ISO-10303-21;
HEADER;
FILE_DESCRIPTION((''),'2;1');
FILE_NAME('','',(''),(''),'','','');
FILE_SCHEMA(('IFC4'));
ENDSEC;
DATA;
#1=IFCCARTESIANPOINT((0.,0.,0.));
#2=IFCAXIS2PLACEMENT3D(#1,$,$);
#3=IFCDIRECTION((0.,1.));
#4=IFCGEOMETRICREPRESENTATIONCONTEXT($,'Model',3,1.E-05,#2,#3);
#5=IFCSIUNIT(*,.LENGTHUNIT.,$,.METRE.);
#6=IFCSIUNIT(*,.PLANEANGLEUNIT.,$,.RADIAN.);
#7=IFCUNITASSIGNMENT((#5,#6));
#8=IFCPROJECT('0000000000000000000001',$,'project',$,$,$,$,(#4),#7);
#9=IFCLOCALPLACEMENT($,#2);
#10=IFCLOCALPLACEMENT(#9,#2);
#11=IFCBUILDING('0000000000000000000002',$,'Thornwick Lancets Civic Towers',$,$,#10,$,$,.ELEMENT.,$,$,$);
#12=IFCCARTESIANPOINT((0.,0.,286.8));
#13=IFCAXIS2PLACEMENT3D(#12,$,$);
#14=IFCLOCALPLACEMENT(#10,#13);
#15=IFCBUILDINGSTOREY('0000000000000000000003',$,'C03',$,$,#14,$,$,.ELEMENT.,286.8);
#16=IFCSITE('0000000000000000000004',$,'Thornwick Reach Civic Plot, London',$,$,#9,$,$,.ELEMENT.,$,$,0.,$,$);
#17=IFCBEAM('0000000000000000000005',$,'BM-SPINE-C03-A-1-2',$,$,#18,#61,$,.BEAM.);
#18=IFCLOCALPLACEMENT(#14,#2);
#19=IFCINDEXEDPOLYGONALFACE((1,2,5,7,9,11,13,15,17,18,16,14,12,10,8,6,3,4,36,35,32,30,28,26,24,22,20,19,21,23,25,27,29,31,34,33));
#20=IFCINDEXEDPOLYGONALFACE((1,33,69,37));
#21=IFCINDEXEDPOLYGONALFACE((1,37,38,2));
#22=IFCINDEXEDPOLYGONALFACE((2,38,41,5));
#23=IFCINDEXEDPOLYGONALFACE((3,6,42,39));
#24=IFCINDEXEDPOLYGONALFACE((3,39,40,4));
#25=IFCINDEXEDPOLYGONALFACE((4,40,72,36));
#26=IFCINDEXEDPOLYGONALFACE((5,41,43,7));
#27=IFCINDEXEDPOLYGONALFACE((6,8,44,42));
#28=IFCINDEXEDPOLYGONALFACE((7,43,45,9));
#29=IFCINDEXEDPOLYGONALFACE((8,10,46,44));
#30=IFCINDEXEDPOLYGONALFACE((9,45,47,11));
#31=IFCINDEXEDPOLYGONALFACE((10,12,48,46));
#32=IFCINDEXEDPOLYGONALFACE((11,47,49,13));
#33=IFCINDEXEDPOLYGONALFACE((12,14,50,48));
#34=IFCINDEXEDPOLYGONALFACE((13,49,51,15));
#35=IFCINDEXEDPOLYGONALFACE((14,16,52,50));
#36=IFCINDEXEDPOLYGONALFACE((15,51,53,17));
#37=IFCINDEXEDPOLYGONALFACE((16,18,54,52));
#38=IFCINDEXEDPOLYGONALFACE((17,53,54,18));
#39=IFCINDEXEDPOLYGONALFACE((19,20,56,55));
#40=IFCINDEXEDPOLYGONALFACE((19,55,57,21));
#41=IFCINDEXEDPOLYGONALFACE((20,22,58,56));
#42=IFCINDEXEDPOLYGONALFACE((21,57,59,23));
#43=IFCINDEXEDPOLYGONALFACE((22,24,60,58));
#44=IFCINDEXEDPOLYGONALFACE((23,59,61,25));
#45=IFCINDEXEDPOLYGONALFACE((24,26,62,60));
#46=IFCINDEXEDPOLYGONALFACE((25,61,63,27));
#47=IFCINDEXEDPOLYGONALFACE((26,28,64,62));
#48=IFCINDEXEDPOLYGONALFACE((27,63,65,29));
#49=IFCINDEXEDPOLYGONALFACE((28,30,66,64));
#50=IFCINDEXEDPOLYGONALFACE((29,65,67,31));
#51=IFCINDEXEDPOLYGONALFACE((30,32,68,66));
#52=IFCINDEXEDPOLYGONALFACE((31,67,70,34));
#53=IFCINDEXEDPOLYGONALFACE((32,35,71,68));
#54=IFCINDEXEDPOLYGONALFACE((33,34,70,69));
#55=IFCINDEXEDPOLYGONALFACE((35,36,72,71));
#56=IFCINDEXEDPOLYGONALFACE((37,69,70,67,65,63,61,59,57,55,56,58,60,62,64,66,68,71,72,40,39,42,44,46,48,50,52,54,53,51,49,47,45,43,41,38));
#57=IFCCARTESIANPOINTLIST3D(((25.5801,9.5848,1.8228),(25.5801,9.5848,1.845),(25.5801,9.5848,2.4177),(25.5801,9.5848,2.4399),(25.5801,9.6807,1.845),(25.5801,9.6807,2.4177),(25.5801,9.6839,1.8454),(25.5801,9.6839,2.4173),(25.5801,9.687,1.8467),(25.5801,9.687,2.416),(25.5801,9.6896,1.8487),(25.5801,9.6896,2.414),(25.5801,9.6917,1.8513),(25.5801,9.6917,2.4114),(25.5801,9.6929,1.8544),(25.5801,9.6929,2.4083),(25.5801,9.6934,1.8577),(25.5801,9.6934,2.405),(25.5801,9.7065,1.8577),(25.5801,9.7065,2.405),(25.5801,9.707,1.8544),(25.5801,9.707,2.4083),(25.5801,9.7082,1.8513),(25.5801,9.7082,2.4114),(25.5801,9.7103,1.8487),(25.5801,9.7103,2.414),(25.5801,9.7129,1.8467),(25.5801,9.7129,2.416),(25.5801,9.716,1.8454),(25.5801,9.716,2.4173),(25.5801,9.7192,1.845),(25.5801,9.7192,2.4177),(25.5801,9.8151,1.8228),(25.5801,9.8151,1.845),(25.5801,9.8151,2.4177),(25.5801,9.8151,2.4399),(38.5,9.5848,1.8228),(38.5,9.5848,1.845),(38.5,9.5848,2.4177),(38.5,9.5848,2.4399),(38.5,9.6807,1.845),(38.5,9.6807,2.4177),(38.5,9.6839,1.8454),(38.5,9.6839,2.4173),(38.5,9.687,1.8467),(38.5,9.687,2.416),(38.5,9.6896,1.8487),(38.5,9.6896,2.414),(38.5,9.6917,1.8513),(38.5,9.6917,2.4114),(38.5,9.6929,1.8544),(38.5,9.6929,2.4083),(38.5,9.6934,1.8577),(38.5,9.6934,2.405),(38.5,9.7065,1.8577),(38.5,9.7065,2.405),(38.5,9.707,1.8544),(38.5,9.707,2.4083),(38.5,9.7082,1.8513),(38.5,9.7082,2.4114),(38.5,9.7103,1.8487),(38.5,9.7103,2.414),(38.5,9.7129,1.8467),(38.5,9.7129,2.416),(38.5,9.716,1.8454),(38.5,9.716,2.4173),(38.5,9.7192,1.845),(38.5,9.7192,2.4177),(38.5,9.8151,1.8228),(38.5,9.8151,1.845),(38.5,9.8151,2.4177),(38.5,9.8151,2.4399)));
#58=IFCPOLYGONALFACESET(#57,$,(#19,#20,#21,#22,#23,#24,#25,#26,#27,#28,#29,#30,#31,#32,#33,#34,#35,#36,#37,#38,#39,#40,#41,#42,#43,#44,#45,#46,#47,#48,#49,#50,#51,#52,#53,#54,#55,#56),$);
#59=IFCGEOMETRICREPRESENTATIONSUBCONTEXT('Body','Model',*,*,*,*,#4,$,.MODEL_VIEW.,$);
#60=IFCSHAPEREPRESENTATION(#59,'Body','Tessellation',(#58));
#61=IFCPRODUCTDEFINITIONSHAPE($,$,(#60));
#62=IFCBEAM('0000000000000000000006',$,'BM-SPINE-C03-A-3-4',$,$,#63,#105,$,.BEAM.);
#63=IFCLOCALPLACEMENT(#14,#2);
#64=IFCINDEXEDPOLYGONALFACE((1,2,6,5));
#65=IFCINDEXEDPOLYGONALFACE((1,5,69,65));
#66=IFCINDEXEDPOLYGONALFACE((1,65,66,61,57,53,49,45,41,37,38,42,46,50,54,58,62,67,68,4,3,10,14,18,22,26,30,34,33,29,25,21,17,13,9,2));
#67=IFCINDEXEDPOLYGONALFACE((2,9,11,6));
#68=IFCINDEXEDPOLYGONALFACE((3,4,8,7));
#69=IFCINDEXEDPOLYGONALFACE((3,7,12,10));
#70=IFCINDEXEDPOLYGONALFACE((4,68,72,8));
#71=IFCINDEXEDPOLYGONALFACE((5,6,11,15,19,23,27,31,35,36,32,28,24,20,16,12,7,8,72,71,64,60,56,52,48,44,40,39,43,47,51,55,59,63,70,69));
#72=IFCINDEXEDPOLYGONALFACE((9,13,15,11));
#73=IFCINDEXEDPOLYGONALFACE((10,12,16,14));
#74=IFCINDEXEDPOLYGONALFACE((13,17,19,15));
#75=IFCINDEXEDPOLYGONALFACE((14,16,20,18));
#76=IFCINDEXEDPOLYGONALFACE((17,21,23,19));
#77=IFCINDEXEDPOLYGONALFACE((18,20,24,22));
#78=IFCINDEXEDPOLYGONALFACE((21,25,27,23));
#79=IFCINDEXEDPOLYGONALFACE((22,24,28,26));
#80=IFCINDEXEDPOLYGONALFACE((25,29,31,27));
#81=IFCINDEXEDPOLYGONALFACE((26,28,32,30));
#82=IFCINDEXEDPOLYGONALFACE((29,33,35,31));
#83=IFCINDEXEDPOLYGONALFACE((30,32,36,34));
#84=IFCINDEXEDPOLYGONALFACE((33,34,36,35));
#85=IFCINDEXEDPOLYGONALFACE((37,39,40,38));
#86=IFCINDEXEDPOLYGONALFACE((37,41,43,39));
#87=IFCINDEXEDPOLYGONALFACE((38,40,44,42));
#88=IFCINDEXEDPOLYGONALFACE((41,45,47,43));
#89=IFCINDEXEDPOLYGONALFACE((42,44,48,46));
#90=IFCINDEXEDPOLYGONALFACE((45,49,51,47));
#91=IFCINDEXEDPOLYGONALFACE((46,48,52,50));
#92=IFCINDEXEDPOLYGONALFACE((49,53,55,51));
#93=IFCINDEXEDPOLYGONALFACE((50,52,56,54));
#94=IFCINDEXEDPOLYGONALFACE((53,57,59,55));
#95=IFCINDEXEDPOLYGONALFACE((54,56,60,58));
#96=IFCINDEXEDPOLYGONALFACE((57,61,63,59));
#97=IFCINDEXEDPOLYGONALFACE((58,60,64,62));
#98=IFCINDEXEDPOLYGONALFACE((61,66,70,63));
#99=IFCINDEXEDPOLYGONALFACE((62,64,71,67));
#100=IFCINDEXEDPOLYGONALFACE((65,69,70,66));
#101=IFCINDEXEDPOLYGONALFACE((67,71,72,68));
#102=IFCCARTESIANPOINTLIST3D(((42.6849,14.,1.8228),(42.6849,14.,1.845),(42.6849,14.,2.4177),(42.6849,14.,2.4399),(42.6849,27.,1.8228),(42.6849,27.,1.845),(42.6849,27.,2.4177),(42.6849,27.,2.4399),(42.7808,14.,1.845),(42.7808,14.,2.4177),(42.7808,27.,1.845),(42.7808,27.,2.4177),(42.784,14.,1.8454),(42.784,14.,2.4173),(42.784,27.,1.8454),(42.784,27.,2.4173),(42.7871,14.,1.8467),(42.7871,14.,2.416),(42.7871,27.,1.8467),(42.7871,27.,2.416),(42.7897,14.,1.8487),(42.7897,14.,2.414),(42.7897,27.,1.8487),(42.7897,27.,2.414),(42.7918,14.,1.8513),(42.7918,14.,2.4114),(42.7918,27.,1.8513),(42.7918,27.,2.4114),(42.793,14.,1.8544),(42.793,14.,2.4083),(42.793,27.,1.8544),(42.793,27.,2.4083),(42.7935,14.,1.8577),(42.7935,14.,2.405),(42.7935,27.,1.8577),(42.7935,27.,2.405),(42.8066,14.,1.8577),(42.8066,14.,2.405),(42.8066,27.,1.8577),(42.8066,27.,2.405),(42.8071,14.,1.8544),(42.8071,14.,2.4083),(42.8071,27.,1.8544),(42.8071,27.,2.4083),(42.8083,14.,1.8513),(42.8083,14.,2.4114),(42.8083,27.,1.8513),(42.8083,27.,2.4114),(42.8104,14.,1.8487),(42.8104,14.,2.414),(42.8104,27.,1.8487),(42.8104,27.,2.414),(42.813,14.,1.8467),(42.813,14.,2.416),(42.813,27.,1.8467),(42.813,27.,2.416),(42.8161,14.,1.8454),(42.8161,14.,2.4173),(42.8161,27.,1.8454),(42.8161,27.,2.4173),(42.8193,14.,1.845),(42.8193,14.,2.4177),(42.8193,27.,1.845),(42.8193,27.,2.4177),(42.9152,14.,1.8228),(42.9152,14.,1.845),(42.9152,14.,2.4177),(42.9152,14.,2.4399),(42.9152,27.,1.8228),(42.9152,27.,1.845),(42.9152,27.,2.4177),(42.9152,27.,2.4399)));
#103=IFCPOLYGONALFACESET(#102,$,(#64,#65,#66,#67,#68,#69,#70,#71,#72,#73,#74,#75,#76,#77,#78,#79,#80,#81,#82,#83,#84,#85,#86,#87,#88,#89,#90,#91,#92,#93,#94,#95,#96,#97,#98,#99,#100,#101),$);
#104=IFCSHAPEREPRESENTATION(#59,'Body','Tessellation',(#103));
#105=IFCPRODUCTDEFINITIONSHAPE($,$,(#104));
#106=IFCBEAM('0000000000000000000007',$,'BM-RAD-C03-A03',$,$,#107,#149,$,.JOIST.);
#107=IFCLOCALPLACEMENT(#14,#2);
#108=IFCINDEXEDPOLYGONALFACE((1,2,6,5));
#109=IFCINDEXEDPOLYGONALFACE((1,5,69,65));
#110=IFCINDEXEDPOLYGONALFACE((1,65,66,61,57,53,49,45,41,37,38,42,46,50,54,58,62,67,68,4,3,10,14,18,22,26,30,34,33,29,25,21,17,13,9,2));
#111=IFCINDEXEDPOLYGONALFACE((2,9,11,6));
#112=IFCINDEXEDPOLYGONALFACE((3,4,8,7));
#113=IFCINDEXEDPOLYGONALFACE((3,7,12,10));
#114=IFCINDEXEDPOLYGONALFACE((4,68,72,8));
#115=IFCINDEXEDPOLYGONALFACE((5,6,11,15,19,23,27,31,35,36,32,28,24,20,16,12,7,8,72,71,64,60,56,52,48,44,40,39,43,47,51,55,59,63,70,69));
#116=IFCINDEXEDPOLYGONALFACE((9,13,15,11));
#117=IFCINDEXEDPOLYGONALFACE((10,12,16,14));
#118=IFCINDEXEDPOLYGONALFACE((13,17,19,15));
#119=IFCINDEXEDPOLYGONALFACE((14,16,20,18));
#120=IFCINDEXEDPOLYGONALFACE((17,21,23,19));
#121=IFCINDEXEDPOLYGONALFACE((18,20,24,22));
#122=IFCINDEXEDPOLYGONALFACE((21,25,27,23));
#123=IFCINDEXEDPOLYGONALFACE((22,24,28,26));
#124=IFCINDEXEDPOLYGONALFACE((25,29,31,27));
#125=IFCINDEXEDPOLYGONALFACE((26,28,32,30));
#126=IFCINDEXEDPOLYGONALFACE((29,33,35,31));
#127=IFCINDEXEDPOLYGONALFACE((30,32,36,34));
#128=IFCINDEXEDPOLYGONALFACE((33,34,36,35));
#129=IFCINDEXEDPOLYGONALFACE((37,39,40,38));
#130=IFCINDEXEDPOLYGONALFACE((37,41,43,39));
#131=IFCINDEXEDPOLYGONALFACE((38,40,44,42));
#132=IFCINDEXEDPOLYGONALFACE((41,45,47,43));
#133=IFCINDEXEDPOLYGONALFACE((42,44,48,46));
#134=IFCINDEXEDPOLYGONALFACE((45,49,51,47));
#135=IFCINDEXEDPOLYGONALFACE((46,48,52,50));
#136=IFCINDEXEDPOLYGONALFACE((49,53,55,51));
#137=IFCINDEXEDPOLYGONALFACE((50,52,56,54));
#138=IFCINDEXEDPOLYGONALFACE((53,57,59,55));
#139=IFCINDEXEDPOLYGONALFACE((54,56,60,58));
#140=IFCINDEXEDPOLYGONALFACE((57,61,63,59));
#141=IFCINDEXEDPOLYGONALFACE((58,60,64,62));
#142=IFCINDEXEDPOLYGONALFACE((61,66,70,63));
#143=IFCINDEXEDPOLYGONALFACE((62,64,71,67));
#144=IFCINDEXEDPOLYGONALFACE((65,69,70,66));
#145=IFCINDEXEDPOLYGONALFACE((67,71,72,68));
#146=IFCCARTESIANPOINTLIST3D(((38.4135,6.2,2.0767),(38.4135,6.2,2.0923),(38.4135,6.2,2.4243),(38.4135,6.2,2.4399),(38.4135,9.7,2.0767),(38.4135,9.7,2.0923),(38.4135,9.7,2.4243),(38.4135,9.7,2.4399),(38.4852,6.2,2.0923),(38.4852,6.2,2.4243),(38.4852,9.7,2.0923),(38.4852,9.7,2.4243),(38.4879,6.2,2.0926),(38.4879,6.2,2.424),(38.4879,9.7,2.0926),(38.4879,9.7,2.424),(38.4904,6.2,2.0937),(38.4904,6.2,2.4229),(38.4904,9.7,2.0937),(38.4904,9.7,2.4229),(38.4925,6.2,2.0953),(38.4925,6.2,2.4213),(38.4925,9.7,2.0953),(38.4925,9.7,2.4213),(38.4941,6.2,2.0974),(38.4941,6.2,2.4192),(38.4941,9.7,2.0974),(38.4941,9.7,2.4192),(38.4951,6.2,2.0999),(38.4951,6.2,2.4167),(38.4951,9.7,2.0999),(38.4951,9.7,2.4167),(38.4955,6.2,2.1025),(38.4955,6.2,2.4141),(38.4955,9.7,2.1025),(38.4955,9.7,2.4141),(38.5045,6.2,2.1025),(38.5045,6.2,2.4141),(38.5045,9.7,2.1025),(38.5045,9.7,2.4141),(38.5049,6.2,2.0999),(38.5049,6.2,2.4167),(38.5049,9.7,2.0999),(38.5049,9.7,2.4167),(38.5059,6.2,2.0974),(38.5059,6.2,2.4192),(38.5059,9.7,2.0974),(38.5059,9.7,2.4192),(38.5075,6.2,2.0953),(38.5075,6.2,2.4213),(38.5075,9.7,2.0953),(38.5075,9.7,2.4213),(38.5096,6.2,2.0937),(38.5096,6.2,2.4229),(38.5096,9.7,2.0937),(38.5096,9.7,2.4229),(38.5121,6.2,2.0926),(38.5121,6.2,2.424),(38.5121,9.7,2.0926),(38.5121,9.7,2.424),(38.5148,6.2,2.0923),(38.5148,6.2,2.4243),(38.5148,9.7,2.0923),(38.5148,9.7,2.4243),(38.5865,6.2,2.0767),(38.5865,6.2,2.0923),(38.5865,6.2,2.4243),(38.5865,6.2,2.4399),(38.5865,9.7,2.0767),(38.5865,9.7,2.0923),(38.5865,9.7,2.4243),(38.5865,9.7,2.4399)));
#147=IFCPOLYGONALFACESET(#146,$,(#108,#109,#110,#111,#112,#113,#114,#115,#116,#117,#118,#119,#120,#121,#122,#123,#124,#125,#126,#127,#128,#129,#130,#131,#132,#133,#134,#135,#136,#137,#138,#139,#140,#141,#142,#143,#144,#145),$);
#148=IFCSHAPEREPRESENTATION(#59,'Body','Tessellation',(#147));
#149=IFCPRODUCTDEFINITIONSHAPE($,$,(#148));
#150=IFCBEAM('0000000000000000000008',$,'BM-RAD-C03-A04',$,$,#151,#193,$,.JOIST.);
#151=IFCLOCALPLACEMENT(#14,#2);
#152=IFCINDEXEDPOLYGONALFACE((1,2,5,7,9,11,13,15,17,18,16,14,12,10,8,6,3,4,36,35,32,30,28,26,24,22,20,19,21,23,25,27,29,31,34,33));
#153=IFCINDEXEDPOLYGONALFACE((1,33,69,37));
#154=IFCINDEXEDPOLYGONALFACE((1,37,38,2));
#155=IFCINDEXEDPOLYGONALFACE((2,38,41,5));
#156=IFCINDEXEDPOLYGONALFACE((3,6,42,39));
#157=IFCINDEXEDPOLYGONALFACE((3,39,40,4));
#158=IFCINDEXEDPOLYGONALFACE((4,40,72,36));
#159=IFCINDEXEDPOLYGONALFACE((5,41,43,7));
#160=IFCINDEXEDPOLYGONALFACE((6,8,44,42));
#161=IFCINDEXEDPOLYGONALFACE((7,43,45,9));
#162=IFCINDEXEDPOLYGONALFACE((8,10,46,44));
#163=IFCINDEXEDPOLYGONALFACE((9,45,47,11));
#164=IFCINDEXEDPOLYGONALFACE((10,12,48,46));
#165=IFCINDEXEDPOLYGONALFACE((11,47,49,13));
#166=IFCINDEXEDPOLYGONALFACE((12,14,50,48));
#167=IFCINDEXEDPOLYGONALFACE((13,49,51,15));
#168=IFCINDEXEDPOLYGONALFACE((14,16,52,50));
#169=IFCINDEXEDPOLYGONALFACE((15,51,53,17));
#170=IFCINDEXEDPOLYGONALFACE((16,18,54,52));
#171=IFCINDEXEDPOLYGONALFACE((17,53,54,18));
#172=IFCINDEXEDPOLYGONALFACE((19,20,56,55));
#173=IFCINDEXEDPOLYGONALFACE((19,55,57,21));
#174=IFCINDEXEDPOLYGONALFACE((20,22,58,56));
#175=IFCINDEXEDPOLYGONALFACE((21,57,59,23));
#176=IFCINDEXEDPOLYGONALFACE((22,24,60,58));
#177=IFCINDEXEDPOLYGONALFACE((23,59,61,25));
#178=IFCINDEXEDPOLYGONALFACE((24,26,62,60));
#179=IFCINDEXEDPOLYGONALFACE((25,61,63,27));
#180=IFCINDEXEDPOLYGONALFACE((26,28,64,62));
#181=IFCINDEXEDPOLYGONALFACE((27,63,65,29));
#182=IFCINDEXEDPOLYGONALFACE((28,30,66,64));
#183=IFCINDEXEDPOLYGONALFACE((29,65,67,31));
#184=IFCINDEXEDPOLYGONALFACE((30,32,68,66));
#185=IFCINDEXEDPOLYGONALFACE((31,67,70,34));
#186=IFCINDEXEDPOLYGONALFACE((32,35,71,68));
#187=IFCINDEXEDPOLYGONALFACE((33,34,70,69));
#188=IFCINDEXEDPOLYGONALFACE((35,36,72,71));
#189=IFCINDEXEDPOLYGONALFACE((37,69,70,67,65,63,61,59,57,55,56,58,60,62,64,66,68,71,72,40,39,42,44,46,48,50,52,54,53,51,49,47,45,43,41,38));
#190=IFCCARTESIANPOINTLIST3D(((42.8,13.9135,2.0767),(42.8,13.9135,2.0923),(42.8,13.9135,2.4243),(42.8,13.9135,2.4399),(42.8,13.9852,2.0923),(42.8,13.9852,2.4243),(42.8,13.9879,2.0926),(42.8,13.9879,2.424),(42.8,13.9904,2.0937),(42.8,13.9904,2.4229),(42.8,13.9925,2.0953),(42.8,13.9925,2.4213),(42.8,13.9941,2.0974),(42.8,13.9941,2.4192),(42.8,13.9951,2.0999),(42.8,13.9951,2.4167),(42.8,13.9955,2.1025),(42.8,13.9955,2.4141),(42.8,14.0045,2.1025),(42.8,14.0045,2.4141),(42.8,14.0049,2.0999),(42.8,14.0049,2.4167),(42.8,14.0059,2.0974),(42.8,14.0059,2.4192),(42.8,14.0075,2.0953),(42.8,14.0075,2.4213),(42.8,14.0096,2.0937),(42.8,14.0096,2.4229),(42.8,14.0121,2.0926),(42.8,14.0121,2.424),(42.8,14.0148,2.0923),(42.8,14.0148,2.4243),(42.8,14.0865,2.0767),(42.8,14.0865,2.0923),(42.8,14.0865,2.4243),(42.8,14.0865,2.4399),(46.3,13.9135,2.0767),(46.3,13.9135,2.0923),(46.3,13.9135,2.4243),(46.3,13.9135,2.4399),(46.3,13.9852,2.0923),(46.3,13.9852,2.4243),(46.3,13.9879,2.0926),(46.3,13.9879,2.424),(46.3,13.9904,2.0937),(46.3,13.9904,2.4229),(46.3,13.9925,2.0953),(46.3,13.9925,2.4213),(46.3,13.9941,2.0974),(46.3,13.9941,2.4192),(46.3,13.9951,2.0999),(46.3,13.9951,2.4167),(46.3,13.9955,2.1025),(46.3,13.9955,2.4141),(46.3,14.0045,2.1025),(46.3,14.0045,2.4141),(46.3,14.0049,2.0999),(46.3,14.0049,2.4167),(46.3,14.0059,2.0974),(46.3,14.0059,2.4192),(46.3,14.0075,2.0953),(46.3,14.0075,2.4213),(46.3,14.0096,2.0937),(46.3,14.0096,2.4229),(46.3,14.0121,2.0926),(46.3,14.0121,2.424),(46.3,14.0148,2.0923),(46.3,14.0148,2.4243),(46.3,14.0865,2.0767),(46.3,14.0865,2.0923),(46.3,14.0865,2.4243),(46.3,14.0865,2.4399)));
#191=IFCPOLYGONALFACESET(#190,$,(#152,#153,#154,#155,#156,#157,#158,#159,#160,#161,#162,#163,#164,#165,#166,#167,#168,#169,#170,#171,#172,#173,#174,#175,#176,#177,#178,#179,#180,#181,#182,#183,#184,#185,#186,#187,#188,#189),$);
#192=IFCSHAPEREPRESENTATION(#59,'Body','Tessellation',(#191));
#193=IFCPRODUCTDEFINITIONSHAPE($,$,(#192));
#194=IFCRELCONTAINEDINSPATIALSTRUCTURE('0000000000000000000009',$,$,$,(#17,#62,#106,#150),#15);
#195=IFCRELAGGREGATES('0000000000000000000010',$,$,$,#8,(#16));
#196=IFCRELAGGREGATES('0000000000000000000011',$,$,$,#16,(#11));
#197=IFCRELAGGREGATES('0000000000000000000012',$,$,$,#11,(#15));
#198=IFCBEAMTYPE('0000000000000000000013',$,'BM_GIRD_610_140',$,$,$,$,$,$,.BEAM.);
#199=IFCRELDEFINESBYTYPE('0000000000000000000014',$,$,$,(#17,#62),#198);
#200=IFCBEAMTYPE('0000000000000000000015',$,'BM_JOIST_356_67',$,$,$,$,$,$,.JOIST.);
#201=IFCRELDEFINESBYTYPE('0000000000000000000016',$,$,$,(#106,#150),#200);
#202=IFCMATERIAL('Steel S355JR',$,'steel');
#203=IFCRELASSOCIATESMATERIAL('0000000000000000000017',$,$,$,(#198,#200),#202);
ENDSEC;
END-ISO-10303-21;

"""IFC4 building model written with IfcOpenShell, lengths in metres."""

from ifc_helpers import new_model, si_unit, direction, frame, origin, origin_2d, place, context, subcontext, project, spatial, i_section, extrude, material, material_profile, profile_set, type_object, element, save


model = new_model("IFC4")

# Units and contexts
model_context = context("Model", 3, precision=1e-05, world=origin(), true_north=direction((0.0, 1.0)))
body_context = subcontext(model_context, "Body", "Model", "MODEL_VIEW")
ifc_project = project(units=[si_unit("LENGTHUNIT", "METRE"), si_unit("PLANEANGLEUNIT", "RADIAN")], contexts=[model_context])

# Site, building, storey
site_placement = place(None, origin())
site = spatial("IfcSite", under=ifc_project, at=site_placement, Name="Thornwick Reach Civic Plot, London", CompositionType="ELEMENT", RefElevation=0.0)
building_placement = place(site_placement, origin())
building = spatial("IfcBuilding", under=site, at=building_placement, Name="Thornwick Lancets Civic Towers", CompositionType="ELEMENT")
storey_placement = place(building_placement, frame((0.0, 0.0, 286.8)))
storey = spatial("IfcBuildingStorey", under=building, at=storey_placement, Name="C03", CompositionType="ELEMENT", Elevation=286.8)

# Shared definitions
ifc_material_1 = material(Name="Steel S355JR", Category="steel")

# Beams
ifc_material_profile_1 = material_profile(ifc_material_1, i_section(OverallWidth=0.2302, OverallDepth=0.6172, WebThickness=0.0132, FlangeThickness=0.0222, FilletRadius=0.0127, at=origin_2d()), Name="UKB 610x229x140")
ifc_profile_set_1 = profile_set([ifc_material_profile_1], Name="Steel S355JR")
beam_type_1 = type_object("IfcBeamType", Name="BM_GIRD_610_140", PredefinedType="BEAM", material=ifc_profile_set_1)
beam_1_placement = place(storey_placement, frame((25.5801, 9.7, 2.1313), z_axis=(1.0, 0.0, 0.0), x_axis=(0.0, 1.0, 0.0)))
element("IfcBeam", 1, at=beam_1_placement, inside=storey, type_object=beam_type_1, Name="BM-SPINE-C03-A-1-2", PredefinedType="BEAM", context=body_context, shape_type="SweptSolid", body=[
    extrude(i_section(OverallWidth=0.2302, OverallDepth=0.6172, WebThickness=0.0132, FlangeThickness=0.0222, FilletRadius=0.0127, at=origin_2d()), origin(), (0.0, 0.0, 1.0), 12.9199),
])
beam_2_placement = place(storey_placement, frame((42.8, 14.0, 2.1313), z_axis=(0.0, 1.0, 0.0), x_axis=(-1.0, 0.0, 0.0)))
element("IfcBeam", 2, at=beam_2_placement, inside=storey, type_object=beam_type_1, Name="BM-SPINE-C03-A-3-4", PredefinedType="BEAM", context=body_context, shape_type="SweptSolid", body=[
    extrude(i_section(OverallWidth=0.2302, OverallDepth=0.6172, WebThickness=0.0132, FlangeThickness=0.0222, FilletRadius=0.0127, at=origin_2d()), origin(), (0.0, 0.0, 1.0), 13.0),
])
ifc_material_profile_2 = material_profile(ifc_material_1, i_section(OverallWidth=0.1731, OverallDepth=0.3633, WebThickness=0.009, FlangeThickness=0.0156, FilletRadius=0.0103, at=origin_2d()), Name="UKB 356x171x67")
ifc_profile_set_2 = profile_set([ifc_material_profile_2], Name="Steel S355JR")
beam_type_2 = type_object("IfcBeamType", Name="BM_JOIST_356_67", PredefinedType="JOIST", material=ifc_profile_set_2)
for number, where, z_axis, x_axis, name in (
    (3, (38.5, 9.7, 2.2583), (0.0, -1.0, 0.0), (1.0, 0.0, 0.0), "BM-RAD-C03-A03"),
    (4, (42.8, 14.0, 2.2583), (1.0, 0.0, 0.0), (0.0, 1.0, 0.0), "BM-RAD-C03-A04"),
):
    element("IfcBeam", number, at=place(storey_placement, frame(where, z_axis=z_axis, x_axis=x_axis)), inside=storey, type_object=beam_type_2, Name=name, PredefinedType="JOIST", context=body_context, shape_type="SweptSolid", body=[
        extrude(i_section(OverallWidth=0.1731, OverallDepth=0.3633, WebThickness=0.009, FlangeThickness=0.0156, FilletRadius=0.0103, at=origin_2d()), origin(), (0.0, 0.0, 1.0), 3.5),
    ])

save(model, "model.ifc")
